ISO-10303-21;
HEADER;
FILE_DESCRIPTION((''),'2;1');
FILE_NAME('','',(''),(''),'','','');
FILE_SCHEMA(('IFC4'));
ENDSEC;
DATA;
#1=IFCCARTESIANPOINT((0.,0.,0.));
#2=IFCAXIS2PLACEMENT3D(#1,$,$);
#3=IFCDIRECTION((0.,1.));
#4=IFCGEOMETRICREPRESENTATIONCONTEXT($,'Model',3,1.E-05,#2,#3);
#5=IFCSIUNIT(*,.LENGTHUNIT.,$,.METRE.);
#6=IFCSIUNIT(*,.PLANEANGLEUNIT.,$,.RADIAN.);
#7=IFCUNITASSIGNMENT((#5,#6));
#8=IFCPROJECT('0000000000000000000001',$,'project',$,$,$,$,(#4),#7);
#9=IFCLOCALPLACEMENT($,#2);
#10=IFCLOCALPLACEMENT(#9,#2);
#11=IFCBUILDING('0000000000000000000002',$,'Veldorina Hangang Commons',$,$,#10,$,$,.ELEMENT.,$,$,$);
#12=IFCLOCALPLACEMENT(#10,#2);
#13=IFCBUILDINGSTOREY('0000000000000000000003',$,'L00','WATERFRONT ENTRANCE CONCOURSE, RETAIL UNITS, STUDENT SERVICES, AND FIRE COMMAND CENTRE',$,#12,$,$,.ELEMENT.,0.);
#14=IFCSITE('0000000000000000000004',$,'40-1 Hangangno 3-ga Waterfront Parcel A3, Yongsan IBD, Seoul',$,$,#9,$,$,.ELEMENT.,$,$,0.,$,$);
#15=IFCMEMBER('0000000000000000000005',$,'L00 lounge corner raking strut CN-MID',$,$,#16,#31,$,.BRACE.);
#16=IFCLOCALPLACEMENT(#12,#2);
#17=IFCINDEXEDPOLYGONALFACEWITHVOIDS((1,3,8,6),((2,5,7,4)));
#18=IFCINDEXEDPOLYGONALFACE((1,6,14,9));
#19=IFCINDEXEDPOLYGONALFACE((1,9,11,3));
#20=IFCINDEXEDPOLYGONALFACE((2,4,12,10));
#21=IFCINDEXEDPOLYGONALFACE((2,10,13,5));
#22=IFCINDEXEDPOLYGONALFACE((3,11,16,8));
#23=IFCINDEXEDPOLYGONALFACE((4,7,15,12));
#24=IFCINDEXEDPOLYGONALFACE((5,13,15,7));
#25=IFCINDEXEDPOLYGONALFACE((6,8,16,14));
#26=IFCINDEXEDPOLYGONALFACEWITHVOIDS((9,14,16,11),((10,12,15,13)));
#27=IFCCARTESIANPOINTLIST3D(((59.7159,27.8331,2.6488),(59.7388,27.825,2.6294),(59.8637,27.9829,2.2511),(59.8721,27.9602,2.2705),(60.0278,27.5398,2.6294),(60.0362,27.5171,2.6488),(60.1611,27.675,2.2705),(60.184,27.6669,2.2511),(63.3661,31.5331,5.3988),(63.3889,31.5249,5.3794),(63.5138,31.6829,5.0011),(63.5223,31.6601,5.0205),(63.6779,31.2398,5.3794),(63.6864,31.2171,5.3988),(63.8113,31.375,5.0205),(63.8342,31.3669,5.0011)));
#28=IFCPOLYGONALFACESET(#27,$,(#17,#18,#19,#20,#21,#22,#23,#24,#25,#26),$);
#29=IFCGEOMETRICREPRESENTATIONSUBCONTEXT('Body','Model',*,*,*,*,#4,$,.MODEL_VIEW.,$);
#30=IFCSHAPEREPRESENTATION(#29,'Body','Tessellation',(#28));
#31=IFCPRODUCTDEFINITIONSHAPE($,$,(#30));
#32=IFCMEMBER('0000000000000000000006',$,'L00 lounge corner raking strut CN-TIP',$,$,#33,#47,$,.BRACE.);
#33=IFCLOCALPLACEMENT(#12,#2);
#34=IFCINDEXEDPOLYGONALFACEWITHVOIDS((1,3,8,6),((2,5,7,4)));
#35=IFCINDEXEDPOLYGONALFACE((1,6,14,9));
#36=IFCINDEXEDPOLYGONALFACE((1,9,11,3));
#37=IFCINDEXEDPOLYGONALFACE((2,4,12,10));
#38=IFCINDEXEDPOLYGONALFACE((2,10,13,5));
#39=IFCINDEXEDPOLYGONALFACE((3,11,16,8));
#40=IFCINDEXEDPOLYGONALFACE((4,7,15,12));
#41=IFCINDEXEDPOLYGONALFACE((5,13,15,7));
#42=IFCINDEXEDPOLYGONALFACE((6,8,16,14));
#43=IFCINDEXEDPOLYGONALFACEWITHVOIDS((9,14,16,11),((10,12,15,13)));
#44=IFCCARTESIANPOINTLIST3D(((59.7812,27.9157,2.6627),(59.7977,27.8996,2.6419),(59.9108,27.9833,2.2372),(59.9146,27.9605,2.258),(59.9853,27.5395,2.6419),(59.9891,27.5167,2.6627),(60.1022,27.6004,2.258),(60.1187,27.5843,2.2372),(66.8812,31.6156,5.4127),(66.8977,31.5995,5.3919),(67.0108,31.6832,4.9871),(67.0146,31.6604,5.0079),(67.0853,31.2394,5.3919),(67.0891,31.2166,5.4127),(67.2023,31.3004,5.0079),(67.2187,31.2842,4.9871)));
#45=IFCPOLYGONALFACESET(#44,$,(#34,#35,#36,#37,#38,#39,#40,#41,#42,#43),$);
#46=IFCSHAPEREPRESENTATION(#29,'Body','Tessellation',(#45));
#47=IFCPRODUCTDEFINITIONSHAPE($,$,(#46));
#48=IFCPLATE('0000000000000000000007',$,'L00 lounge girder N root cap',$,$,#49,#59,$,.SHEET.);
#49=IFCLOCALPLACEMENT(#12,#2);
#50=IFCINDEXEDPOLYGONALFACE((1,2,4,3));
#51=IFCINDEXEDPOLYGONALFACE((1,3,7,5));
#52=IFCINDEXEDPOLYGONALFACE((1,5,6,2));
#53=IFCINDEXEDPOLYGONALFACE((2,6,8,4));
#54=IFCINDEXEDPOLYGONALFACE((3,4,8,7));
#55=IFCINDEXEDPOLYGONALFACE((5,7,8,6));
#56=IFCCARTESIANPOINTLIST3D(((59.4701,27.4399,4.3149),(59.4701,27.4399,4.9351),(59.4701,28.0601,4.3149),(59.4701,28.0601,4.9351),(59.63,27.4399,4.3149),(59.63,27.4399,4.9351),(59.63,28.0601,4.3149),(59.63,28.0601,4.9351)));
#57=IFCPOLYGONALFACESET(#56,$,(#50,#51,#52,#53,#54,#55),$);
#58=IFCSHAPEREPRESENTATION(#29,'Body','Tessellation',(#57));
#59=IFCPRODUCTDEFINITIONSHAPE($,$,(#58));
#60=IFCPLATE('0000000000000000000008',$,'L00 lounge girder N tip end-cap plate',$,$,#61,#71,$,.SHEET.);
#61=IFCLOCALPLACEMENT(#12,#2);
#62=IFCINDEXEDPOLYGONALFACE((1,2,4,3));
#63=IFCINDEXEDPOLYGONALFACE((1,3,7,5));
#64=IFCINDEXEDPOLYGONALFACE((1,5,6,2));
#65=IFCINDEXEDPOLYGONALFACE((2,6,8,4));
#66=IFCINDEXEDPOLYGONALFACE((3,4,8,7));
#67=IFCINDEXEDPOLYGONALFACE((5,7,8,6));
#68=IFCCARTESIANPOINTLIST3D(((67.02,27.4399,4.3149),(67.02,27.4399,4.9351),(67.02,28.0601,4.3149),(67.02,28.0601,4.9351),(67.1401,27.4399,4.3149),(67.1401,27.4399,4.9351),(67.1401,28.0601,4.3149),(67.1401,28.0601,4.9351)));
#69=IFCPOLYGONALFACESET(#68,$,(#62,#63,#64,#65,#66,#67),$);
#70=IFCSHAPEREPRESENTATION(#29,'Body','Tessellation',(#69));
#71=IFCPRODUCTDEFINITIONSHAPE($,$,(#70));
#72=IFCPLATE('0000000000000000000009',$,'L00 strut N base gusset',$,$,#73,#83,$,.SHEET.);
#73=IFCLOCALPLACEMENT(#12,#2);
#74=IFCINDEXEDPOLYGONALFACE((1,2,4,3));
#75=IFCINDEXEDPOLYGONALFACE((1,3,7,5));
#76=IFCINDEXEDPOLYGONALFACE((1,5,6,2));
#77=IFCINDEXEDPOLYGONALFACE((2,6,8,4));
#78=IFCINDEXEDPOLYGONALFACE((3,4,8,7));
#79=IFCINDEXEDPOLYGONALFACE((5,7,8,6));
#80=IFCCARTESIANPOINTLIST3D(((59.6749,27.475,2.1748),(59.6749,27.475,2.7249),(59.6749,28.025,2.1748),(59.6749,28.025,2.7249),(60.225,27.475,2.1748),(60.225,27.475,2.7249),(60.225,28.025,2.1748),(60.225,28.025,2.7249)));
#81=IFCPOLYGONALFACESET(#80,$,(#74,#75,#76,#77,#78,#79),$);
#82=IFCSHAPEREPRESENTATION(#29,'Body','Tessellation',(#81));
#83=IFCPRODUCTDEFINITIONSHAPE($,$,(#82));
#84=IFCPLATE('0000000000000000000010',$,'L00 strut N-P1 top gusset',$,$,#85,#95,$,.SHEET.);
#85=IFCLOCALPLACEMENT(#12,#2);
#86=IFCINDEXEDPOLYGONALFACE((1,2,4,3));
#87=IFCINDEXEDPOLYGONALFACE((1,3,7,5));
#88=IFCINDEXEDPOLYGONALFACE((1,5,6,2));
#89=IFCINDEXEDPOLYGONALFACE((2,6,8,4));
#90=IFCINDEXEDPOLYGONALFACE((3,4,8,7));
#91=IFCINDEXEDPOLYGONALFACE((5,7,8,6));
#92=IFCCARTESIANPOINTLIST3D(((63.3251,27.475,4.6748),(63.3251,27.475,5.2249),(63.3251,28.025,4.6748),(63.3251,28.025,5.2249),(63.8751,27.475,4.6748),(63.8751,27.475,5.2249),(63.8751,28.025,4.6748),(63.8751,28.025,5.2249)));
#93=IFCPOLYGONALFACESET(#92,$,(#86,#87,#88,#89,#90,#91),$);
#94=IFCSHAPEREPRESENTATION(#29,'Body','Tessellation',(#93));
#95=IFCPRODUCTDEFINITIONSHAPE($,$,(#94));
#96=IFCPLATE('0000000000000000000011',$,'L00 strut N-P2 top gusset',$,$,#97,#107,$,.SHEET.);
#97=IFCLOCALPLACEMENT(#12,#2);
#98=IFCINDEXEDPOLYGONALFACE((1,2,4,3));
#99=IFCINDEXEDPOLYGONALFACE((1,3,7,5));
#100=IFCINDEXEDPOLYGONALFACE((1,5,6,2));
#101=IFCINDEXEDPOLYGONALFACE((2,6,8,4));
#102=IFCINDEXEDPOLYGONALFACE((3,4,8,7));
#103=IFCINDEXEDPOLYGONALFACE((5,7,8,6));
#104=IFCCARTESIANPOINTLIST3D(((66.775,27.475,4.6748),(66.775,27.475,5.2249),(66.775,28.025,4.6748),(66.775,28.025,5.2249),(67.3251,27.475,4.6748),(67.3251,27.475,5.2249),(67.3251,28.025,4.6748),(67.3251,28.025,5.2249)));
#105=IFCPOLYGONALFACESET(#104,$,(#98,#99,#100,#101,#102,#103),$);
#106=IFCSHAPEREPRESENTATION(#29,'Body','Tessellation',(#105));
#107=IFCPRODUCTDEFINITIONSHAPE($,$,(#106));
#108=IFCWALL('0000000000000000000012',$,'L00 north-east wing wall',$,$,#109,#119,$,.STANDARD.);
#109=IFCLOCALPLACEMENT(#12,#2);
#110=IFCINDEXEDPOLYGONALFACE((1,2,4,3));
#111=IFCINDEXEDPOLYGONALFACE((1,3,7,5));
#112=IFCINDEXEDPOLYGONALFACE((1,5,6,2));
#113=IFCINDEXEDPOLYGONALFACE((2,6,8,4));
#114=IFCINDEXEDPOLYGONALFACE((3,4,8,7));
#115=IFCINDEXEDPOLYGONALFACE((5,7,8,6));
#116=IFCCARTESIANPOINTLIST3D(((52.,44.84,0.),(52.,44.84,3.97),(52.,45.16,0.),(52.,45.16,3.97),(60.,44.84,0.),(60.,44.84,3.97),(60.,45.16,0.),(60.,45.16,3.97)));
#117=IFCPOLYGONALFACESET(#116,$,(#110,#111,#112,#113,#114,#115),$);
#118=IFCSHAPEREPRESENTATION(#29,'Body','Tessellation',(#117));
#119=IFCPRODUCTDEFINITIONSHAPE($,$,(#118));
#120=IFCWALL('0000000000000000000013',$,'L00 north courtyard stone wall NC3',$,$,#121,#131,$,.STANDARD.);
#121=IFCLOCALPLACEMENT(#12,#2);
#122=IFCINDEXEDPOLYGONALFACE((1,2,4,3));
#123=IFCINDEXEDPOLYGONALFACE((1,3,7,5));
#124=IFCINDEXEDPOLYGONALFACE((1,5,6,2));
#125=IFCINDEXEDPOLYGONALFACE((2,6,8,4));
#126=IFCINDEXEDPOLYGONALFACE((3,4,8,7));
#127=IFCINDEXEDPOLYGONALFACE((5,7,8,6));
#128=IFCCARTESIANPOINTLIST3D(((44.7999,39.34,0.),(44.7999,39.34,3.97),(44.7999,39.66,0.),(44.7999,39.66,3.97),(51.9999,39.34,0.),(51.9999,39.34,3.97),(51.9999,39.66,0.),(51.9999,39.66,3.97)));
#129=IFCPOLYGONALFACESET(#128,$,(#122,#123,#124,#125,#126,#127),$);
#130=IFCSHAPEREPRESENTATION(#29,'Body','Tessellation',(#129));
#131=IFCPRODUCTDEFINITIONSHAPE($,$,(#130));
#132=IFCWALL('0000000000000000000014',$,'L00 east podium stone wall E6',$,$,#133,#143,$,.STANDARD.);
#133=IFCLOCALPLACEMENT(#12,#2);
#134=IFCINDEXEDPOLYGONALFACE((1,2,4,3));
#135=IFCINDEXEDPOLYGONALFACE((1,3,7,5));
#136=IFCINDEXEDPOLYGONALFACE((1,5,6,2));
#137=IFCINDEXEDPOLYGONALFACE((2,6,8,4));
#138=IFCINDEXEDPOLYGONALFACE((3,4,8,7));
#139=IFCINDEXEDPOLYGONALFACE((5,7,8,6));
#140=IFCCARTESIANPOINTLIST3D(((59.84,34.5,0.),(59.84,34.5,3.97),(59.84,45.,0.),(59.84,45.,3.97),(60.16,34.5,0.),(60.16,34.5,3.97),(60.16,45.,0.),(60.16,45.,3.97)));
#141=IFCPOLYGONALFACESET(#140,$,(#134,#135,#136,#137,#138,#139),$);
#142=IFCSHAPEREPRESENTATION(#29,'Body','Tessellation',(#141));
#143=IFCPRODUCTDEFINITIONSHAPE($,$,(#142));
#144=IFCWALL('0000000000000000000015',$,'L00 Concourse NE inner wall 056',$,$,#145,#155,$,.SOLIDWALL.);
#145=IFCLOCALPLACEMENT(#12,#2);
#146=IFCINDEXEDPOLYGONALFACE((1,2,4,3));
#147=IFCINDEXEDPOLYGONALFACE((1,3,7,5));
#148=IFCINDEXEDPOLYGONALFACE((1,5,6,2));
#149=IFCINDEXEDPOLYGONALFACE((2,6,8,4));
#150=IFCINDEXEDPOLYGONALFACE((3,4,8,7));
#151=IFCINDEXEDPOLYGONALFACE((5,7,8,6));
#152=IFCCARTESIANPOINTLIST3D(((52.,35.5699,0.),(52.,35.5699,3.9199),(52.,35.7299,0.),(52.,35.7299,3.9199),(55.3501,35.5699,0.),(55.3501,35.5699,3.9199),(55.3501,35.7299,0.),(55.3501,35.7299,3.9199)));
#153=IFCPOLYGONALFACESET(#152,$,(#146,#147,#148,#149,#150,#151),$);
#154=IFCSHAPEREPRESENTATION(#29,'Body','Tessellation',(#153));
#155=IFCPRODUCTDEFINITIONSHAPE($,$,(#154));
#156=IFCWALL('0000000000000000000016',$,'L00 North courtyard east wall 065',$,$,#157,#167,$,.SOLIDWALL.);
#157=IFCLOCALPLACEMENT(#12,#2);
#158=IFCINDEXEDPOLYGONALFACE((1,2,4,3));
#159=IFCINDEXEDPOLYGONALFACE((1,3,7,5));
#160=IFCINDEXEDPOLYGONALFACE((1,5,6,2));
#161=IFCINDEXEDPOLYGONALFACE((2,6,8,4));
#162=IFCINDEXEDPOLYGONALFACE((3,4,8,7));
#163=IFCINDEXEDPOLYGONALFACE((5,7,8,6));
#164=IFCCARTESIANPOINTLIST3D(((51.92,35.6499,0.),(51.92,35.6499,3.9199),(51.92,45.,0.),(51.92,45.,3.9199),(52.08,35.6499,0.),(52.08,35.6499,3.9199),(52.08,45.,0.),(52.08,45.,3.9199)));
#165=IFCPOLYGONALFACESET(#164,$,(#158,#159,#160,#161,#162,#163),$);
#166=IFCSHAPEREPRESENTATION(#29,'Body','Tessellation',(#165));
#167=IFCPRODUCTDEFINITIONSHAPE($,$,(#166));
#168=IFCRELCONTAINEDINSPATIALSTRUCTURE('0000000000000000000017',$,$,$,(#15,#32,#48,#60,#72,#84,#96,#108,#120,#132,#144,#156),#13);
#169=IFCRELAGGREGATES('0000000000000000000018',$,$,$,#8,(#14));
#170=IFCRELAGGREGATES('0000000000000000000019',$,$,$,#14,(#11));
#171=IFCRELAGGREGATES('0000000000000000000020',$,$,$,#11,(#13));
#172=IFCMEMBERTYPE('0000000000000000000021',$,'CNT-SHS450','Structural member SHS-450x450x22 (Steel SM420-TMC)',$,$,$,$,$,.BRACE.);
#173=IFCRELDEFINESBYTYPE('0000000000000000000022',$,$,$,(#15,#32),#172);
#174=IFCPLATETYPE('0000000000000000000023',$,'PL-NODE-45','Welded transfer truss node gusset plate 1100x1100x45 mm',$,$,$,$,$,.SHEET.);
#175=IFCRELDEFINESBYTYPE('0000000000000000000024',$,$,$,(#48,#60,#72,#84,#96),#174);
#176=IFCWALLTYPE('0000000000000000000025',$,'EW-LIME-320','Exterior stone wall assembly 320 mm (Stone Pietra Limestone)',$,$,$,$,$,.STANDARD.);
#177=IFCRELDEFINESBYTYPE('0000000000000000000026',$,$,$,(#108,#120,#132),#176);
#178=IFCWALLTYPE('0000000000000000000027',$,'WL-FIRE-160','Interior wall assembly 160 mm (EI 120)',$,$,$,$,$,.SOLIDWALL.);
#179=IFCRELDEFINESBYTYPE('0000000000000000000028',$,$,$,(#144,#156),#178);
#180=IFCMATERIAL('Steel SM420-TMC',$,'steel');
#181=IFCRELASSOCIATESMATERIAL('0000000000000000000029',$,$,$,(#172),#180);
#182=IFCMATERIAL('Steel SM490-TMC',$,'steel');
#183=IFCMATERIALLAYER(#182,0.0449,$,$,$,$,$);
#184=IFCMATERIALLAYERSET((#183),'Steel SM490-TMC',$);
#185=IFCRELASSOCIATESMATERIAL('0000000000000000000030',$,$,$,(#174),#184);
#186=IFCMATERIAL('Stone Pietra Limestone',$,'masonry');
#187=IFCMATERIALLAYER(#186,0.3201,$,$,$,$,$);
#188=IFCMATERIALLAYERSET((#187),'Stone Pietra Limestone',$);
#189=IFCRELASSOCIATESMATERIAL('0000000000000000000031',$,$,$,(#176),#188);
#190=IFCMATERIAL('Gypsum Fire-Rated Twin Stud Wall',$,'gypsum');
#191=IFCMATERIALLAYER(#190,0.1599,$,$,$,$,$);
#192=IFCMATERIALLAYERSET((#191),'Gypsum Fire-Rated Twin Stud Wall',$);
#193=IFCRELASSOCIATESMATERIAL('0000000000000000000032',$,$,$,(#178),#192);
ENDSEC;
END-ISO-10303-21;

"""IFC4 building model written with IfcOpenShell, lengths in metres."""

from ifc_helpers import new_model, si_unit, direction, frame, frame_2d, origin, origin_2d, place, context, subcontext, project, spatial, rectangle, hollow_rectangle, extrude, material, layer, layer_set, material_profile, profile_set, type_object, element, save


model = new_model("IFC4")

# Units and contexts
model_context = context("Model", 3, precision=1e-05, world=origin(), true_north=direction((0.0, 1.0)))
body_context = subcontext(model_context, "Body", "Model", "MODEL_VIEW")
ifc_project = project(units=[si_unit("LENGTHUNIT", "METRE"), si_unit("PLANEANGLEUNIT", "RADIAN")], contexts=[model_context])

# Site, building, storey
site_placement = place(None, origin())
site = spatial("IfcSite", under=ifc_project, at=site_placement, Name="40-1 Hangangno 3-ga Waterfront Parcel A3, Yongsan IBD, Seoul", CompositionType="ELEMENT", RefElevation=0.0)
building_placement = place(site_placement, origin())
building = spatial("IfcBuilding", under=site, at=building_placement, Name="Veldorina Hangang Commons", CompositionType="ELEMENT")
storey_placement = place(building_placement, origin())
storey = spatial("IfcBuildingStorey", under=building, at=storey_placement, Name="L00", Description="WATERFRONT ENTRANCE CONCOURSE, RETAIL UNITS, STUDENT SERVICES, AND FIRE COMMAND CENTRE", CompositionType="ELEMENT", Elevation=0.0)

# Shared definitions
ifc_material_1 = material(Name="Steel SM420-TMC", Category="steel")

# Members
ifc_material_profile_1 = material_profile(ifc_material_1, hollow_rectangle(XDim=0.45, YDim=0.45, WallThickness=0.022, at=origin_2d()), Name="SHS-450x450x22")
ifc_profile_set_1 = profile_set([ifc_material_profile_1], Name="Steel SM420-TMC")
member_type = type_object("IfcMemberType", Name="CNT-SHS450", Description="Structural member SHS-450x450x22 (Steel SM420-TMC)", PredefinedType="BRACE", material=ifc_profile_set_1)
member_1_placement = place(storey_placement, frame((59.95, 27.75, 2.45), z_axis=(0.620761, 0.629231, 0.467678), x_axis=(-0.711882, 0.702299, 0.0)))
element("IfcMember", 1, at=member_1_placement, inside=storey, type_object=member_type, Name="L00 lounge corner raking strut CN-MID", PredefinedType="BRACE", context=body_context, shape_type="SweptSolid", body=[
    extrude(hollow_rectangle(XDim=0.45, YDim=0.45, WallThickness=0.022, at=origin_2d()), origin(), (0.0, 0.0, 1.0), 5.8801),
])
member_2_placement = place(storey_placement, frame((59.95, 27.75, 2.45), z_axis=(0.838717, 0.437066, 0.324851), x_axis=(-0.462129, 0.886813, 0.0)))
element("IfcMember", 2, at=member_2_placement, inside=storey, type_object=member_type, Name="L00 lounge corner raking strut CN-TIP", PredefinedType="BRACE", context=body_context, shape_type="SweptSolid", body=[
    extrude(hollow_rectangle(XDim=0.45, YDim=0.45, WallThickness=0.022, at=origin_2d()), origin(), (0.0, 0.0, 1.0), 8.4653),
])

# Plates
ifc_material_2 = material(Name="Steel SM490-TMC", Category="steel")
ifc_layer_1 = layer(ifc_material_2, 0.0449)
ifc_layer_set_1 = layer_set([ifc_layer_1], Name="Steel SM490-TMC")
plate_type = type_object("IfcPlateType", Name="PL-NODE-45", Description="Welded transfer truss node gusset plate 1100x1100x45 mm", PredefinedType="SHEET", material=ifc_layer_set_1)
plate_1_placement = place(storey_placement, frame((59.55, 27.75, 4.3149), z_axis=(0.0, 0.0, 1.0), x_axis=(1.0, 0.0, 0.0)))
element("IfcPlate", 3, at=plate_1_placement, inside=storey, type_object=plate_type, Name="L00 lounge girder N root cap", PredefinedType="SHEET", context=body_context, shape_type="SweptSolid", body=[
    extrude(rectangle(XDim=0.1599, YDim=0.6201, at=origin_2d()), origin(), (0.0, 0.0, 1.0), 0.6201),
])
plate_2_placement = place(storey_placement, frame((67.0801, 27.75, 4.3149), z_axis=(0.0, 0.0, 1.0), x_axis=(1.0, 0.0, 0.0)))
element("IfcPlate", 4, at=plate_2_placement, inside=storey, type_object=plate_type, Name="L00 lounge girder N tip end-cap plate", PredefinedType="SHEET", context=body_context, shape_type="SweptSolid", body=[
    extrude(rectangle(XDim=0.1201, YDim=0.6201, at=origin_2d()), origin(), (0.0, 0.0, 1.0), 0.6201),
])
for number, where, z_axis, x_axis, name in (
    (5, (59.95, 27.75, 2.1748), (0.0, 0.0, 1.0), (1.0, 0.0, 0.0), "L00 strut N base gusset"),
    (6, (63.6001, 27.75, 4.6748), (0.0, 0.0, 1.0), (1.0, 0.0, 0.0), "L00 strut N-P1 top gusset"),
    (7, (67.05, 27.75, 4.6748), (0.0, 0.0, 1.0), (1.0, 0.0, 0.0), "L00 strut N-P2 top gusset"),
):
    element("IfcPlate", number, at=place(storey_placement, frame(where, z_axis=z_axis, x_axis=x_axis)), inside=storey, type_object=plate_type, Name=name, PredefinedType="SHEET", context=body_context, shape_type="SweptSolid", body=[
        extrude(rectangle(XDim=0.55, YDim=0.55, at=origin_2d()), origin(), (0.0, 0.0, 1.0), 0.55),
    ])

# Walls
ifc_material_3 = material(Name="Stone Pietra Limestone", Category="masonry")
ifc_layer_2 = layer(ifc_material_3, 0.3201)
ifc_layer_set_2 = layer_set([ifc_layer_2], Name="Stone Pietra Limestone")
wall_type_1 = type_object("IfcWallType", Name="EW-LIME-320", Description="Exterior stone wall assembly 320 mm (Stone Pietra Limestone)", PredefinedType="STANDARD", material=ifc_layer_set_2)
wall_1_placement = place(storey_placement, frame((60.0, 45.0, 0.0), z_axis=(0.0, 0.0, 1.0), x_axis=(-1.0, 0.0, 0.0)))
element("IfcWall", 8, at=wall_1_placement, inside=storey, type_object=wall_type_1, Name="L00 north-east wing wall", PredefinedType="STANDARD", context=body_context, shape_type="SweptSolid", body=[
    extrude(rectangle(XDim=8.0, YDim=0.3201, at=frame_2d((4.0, 0.0))), origin(), (0.0, 0.0, 1.0), 3.97),
])
wall_2_placement = place(storey_placement, frame((52.0, 39.5, 0.0), z_axis=(0.0, 0.0, 1.0), x_axis=(-1.0, 0.0, 0.0)))
element("IfcWall", 9, at=wall_2_placement, inside=storey, type_object=wall_type_1, Name="L00 north courtyard stone wall NC3", PredefinedType="STANDARD", context=body_context, shape_type="SweptSolid", body=[
    extrude(rectangle(XDim=7.2, YDim=0.3201, at=frame_2d((3.6001, 0.0))), origin(), (0.0, 0.0, 1.0), 3.97),
])
wall_3_placement = place(storey_placement, frame((60.0, 34.5, 0.0), z_axis=(0.0, 0.0, 1.0), x_axis=(0.0, 1.0, 0.0)))
element("IfcWall", 10, at=wall_3_placement, inside=storey, type_object=wall_type_1, Name="L00 east podium stone wall E6", PredefinedType="STANDARD", context=body_context, shape_type="SweptSolid", body=[
    extrude(rectangle(XDim=10.5, YDim=0.3201, at=frame_2d((5.25, 0.0))), origin(), (0.0, 0.0, 1.0), 3.97),
])
ifc_material_4 = material(Name="Gypsum Fire-Rated Twin Stud Wall", Category="gypsum")
ifc_layer_3 = layer(ifc_material_4, 0.1599)
ifc_layer_set_3 = layer_set([ifc_layer_3], Name="Gypsum Fire-Rated Twin Stud Wall")
wall_type_2 = type_object("IfcWallType", Name="WL-FIRE-160", Description="Interior wall assembly 160 mm (EI 120)", PredefinedType="SOLIDWALL", material=ifc_layer_set_3)
wall_4_placement = place(storey_placement, frame((52.0, 35.6499, 0.0), z_axis=(0.0, 0.0, 1.0), x_axis=(1.0, 0.0, 0.0)))
element("IfcWall", 11, at=wall_4_placement, inside=storey, type_object=wall_type_2, Name="L00 Concourse NE inner wall 056", PredefinedType="SOLIDWALL", context=body_context, shape_type="SweptSolid", body=[
    extrude(rectangle(XDim=3.3501, YDim=0.1599, at=frame_2d((1.675, 0.0))), origin(), (0.0, 0.0, 1.0), 3.9199),
])
wall_5_placement = place(storey_placement, frame((52.0, 35.6499, 0.0), z_axis=(0.0, 0.0, 1.0), x_axis=(0.0, 1.0, 0.0)))
element("IfcWall", 12, at=wall_5_placement, inside=storey, type_object=wall_type_2, Name="L00 North courtyard east wall 065", PredefinedType="SOLIDWALL", context=body_context, shape_type="SweptSolid", body=[
    extrude(rectangle(XDim=9.3501, YDim=0.1599, at=frame_2d((4.675, 0.0))), origin(), (0.0, 0.0, 1.0), 3.9199),
])

save(model, "model.ifc")
